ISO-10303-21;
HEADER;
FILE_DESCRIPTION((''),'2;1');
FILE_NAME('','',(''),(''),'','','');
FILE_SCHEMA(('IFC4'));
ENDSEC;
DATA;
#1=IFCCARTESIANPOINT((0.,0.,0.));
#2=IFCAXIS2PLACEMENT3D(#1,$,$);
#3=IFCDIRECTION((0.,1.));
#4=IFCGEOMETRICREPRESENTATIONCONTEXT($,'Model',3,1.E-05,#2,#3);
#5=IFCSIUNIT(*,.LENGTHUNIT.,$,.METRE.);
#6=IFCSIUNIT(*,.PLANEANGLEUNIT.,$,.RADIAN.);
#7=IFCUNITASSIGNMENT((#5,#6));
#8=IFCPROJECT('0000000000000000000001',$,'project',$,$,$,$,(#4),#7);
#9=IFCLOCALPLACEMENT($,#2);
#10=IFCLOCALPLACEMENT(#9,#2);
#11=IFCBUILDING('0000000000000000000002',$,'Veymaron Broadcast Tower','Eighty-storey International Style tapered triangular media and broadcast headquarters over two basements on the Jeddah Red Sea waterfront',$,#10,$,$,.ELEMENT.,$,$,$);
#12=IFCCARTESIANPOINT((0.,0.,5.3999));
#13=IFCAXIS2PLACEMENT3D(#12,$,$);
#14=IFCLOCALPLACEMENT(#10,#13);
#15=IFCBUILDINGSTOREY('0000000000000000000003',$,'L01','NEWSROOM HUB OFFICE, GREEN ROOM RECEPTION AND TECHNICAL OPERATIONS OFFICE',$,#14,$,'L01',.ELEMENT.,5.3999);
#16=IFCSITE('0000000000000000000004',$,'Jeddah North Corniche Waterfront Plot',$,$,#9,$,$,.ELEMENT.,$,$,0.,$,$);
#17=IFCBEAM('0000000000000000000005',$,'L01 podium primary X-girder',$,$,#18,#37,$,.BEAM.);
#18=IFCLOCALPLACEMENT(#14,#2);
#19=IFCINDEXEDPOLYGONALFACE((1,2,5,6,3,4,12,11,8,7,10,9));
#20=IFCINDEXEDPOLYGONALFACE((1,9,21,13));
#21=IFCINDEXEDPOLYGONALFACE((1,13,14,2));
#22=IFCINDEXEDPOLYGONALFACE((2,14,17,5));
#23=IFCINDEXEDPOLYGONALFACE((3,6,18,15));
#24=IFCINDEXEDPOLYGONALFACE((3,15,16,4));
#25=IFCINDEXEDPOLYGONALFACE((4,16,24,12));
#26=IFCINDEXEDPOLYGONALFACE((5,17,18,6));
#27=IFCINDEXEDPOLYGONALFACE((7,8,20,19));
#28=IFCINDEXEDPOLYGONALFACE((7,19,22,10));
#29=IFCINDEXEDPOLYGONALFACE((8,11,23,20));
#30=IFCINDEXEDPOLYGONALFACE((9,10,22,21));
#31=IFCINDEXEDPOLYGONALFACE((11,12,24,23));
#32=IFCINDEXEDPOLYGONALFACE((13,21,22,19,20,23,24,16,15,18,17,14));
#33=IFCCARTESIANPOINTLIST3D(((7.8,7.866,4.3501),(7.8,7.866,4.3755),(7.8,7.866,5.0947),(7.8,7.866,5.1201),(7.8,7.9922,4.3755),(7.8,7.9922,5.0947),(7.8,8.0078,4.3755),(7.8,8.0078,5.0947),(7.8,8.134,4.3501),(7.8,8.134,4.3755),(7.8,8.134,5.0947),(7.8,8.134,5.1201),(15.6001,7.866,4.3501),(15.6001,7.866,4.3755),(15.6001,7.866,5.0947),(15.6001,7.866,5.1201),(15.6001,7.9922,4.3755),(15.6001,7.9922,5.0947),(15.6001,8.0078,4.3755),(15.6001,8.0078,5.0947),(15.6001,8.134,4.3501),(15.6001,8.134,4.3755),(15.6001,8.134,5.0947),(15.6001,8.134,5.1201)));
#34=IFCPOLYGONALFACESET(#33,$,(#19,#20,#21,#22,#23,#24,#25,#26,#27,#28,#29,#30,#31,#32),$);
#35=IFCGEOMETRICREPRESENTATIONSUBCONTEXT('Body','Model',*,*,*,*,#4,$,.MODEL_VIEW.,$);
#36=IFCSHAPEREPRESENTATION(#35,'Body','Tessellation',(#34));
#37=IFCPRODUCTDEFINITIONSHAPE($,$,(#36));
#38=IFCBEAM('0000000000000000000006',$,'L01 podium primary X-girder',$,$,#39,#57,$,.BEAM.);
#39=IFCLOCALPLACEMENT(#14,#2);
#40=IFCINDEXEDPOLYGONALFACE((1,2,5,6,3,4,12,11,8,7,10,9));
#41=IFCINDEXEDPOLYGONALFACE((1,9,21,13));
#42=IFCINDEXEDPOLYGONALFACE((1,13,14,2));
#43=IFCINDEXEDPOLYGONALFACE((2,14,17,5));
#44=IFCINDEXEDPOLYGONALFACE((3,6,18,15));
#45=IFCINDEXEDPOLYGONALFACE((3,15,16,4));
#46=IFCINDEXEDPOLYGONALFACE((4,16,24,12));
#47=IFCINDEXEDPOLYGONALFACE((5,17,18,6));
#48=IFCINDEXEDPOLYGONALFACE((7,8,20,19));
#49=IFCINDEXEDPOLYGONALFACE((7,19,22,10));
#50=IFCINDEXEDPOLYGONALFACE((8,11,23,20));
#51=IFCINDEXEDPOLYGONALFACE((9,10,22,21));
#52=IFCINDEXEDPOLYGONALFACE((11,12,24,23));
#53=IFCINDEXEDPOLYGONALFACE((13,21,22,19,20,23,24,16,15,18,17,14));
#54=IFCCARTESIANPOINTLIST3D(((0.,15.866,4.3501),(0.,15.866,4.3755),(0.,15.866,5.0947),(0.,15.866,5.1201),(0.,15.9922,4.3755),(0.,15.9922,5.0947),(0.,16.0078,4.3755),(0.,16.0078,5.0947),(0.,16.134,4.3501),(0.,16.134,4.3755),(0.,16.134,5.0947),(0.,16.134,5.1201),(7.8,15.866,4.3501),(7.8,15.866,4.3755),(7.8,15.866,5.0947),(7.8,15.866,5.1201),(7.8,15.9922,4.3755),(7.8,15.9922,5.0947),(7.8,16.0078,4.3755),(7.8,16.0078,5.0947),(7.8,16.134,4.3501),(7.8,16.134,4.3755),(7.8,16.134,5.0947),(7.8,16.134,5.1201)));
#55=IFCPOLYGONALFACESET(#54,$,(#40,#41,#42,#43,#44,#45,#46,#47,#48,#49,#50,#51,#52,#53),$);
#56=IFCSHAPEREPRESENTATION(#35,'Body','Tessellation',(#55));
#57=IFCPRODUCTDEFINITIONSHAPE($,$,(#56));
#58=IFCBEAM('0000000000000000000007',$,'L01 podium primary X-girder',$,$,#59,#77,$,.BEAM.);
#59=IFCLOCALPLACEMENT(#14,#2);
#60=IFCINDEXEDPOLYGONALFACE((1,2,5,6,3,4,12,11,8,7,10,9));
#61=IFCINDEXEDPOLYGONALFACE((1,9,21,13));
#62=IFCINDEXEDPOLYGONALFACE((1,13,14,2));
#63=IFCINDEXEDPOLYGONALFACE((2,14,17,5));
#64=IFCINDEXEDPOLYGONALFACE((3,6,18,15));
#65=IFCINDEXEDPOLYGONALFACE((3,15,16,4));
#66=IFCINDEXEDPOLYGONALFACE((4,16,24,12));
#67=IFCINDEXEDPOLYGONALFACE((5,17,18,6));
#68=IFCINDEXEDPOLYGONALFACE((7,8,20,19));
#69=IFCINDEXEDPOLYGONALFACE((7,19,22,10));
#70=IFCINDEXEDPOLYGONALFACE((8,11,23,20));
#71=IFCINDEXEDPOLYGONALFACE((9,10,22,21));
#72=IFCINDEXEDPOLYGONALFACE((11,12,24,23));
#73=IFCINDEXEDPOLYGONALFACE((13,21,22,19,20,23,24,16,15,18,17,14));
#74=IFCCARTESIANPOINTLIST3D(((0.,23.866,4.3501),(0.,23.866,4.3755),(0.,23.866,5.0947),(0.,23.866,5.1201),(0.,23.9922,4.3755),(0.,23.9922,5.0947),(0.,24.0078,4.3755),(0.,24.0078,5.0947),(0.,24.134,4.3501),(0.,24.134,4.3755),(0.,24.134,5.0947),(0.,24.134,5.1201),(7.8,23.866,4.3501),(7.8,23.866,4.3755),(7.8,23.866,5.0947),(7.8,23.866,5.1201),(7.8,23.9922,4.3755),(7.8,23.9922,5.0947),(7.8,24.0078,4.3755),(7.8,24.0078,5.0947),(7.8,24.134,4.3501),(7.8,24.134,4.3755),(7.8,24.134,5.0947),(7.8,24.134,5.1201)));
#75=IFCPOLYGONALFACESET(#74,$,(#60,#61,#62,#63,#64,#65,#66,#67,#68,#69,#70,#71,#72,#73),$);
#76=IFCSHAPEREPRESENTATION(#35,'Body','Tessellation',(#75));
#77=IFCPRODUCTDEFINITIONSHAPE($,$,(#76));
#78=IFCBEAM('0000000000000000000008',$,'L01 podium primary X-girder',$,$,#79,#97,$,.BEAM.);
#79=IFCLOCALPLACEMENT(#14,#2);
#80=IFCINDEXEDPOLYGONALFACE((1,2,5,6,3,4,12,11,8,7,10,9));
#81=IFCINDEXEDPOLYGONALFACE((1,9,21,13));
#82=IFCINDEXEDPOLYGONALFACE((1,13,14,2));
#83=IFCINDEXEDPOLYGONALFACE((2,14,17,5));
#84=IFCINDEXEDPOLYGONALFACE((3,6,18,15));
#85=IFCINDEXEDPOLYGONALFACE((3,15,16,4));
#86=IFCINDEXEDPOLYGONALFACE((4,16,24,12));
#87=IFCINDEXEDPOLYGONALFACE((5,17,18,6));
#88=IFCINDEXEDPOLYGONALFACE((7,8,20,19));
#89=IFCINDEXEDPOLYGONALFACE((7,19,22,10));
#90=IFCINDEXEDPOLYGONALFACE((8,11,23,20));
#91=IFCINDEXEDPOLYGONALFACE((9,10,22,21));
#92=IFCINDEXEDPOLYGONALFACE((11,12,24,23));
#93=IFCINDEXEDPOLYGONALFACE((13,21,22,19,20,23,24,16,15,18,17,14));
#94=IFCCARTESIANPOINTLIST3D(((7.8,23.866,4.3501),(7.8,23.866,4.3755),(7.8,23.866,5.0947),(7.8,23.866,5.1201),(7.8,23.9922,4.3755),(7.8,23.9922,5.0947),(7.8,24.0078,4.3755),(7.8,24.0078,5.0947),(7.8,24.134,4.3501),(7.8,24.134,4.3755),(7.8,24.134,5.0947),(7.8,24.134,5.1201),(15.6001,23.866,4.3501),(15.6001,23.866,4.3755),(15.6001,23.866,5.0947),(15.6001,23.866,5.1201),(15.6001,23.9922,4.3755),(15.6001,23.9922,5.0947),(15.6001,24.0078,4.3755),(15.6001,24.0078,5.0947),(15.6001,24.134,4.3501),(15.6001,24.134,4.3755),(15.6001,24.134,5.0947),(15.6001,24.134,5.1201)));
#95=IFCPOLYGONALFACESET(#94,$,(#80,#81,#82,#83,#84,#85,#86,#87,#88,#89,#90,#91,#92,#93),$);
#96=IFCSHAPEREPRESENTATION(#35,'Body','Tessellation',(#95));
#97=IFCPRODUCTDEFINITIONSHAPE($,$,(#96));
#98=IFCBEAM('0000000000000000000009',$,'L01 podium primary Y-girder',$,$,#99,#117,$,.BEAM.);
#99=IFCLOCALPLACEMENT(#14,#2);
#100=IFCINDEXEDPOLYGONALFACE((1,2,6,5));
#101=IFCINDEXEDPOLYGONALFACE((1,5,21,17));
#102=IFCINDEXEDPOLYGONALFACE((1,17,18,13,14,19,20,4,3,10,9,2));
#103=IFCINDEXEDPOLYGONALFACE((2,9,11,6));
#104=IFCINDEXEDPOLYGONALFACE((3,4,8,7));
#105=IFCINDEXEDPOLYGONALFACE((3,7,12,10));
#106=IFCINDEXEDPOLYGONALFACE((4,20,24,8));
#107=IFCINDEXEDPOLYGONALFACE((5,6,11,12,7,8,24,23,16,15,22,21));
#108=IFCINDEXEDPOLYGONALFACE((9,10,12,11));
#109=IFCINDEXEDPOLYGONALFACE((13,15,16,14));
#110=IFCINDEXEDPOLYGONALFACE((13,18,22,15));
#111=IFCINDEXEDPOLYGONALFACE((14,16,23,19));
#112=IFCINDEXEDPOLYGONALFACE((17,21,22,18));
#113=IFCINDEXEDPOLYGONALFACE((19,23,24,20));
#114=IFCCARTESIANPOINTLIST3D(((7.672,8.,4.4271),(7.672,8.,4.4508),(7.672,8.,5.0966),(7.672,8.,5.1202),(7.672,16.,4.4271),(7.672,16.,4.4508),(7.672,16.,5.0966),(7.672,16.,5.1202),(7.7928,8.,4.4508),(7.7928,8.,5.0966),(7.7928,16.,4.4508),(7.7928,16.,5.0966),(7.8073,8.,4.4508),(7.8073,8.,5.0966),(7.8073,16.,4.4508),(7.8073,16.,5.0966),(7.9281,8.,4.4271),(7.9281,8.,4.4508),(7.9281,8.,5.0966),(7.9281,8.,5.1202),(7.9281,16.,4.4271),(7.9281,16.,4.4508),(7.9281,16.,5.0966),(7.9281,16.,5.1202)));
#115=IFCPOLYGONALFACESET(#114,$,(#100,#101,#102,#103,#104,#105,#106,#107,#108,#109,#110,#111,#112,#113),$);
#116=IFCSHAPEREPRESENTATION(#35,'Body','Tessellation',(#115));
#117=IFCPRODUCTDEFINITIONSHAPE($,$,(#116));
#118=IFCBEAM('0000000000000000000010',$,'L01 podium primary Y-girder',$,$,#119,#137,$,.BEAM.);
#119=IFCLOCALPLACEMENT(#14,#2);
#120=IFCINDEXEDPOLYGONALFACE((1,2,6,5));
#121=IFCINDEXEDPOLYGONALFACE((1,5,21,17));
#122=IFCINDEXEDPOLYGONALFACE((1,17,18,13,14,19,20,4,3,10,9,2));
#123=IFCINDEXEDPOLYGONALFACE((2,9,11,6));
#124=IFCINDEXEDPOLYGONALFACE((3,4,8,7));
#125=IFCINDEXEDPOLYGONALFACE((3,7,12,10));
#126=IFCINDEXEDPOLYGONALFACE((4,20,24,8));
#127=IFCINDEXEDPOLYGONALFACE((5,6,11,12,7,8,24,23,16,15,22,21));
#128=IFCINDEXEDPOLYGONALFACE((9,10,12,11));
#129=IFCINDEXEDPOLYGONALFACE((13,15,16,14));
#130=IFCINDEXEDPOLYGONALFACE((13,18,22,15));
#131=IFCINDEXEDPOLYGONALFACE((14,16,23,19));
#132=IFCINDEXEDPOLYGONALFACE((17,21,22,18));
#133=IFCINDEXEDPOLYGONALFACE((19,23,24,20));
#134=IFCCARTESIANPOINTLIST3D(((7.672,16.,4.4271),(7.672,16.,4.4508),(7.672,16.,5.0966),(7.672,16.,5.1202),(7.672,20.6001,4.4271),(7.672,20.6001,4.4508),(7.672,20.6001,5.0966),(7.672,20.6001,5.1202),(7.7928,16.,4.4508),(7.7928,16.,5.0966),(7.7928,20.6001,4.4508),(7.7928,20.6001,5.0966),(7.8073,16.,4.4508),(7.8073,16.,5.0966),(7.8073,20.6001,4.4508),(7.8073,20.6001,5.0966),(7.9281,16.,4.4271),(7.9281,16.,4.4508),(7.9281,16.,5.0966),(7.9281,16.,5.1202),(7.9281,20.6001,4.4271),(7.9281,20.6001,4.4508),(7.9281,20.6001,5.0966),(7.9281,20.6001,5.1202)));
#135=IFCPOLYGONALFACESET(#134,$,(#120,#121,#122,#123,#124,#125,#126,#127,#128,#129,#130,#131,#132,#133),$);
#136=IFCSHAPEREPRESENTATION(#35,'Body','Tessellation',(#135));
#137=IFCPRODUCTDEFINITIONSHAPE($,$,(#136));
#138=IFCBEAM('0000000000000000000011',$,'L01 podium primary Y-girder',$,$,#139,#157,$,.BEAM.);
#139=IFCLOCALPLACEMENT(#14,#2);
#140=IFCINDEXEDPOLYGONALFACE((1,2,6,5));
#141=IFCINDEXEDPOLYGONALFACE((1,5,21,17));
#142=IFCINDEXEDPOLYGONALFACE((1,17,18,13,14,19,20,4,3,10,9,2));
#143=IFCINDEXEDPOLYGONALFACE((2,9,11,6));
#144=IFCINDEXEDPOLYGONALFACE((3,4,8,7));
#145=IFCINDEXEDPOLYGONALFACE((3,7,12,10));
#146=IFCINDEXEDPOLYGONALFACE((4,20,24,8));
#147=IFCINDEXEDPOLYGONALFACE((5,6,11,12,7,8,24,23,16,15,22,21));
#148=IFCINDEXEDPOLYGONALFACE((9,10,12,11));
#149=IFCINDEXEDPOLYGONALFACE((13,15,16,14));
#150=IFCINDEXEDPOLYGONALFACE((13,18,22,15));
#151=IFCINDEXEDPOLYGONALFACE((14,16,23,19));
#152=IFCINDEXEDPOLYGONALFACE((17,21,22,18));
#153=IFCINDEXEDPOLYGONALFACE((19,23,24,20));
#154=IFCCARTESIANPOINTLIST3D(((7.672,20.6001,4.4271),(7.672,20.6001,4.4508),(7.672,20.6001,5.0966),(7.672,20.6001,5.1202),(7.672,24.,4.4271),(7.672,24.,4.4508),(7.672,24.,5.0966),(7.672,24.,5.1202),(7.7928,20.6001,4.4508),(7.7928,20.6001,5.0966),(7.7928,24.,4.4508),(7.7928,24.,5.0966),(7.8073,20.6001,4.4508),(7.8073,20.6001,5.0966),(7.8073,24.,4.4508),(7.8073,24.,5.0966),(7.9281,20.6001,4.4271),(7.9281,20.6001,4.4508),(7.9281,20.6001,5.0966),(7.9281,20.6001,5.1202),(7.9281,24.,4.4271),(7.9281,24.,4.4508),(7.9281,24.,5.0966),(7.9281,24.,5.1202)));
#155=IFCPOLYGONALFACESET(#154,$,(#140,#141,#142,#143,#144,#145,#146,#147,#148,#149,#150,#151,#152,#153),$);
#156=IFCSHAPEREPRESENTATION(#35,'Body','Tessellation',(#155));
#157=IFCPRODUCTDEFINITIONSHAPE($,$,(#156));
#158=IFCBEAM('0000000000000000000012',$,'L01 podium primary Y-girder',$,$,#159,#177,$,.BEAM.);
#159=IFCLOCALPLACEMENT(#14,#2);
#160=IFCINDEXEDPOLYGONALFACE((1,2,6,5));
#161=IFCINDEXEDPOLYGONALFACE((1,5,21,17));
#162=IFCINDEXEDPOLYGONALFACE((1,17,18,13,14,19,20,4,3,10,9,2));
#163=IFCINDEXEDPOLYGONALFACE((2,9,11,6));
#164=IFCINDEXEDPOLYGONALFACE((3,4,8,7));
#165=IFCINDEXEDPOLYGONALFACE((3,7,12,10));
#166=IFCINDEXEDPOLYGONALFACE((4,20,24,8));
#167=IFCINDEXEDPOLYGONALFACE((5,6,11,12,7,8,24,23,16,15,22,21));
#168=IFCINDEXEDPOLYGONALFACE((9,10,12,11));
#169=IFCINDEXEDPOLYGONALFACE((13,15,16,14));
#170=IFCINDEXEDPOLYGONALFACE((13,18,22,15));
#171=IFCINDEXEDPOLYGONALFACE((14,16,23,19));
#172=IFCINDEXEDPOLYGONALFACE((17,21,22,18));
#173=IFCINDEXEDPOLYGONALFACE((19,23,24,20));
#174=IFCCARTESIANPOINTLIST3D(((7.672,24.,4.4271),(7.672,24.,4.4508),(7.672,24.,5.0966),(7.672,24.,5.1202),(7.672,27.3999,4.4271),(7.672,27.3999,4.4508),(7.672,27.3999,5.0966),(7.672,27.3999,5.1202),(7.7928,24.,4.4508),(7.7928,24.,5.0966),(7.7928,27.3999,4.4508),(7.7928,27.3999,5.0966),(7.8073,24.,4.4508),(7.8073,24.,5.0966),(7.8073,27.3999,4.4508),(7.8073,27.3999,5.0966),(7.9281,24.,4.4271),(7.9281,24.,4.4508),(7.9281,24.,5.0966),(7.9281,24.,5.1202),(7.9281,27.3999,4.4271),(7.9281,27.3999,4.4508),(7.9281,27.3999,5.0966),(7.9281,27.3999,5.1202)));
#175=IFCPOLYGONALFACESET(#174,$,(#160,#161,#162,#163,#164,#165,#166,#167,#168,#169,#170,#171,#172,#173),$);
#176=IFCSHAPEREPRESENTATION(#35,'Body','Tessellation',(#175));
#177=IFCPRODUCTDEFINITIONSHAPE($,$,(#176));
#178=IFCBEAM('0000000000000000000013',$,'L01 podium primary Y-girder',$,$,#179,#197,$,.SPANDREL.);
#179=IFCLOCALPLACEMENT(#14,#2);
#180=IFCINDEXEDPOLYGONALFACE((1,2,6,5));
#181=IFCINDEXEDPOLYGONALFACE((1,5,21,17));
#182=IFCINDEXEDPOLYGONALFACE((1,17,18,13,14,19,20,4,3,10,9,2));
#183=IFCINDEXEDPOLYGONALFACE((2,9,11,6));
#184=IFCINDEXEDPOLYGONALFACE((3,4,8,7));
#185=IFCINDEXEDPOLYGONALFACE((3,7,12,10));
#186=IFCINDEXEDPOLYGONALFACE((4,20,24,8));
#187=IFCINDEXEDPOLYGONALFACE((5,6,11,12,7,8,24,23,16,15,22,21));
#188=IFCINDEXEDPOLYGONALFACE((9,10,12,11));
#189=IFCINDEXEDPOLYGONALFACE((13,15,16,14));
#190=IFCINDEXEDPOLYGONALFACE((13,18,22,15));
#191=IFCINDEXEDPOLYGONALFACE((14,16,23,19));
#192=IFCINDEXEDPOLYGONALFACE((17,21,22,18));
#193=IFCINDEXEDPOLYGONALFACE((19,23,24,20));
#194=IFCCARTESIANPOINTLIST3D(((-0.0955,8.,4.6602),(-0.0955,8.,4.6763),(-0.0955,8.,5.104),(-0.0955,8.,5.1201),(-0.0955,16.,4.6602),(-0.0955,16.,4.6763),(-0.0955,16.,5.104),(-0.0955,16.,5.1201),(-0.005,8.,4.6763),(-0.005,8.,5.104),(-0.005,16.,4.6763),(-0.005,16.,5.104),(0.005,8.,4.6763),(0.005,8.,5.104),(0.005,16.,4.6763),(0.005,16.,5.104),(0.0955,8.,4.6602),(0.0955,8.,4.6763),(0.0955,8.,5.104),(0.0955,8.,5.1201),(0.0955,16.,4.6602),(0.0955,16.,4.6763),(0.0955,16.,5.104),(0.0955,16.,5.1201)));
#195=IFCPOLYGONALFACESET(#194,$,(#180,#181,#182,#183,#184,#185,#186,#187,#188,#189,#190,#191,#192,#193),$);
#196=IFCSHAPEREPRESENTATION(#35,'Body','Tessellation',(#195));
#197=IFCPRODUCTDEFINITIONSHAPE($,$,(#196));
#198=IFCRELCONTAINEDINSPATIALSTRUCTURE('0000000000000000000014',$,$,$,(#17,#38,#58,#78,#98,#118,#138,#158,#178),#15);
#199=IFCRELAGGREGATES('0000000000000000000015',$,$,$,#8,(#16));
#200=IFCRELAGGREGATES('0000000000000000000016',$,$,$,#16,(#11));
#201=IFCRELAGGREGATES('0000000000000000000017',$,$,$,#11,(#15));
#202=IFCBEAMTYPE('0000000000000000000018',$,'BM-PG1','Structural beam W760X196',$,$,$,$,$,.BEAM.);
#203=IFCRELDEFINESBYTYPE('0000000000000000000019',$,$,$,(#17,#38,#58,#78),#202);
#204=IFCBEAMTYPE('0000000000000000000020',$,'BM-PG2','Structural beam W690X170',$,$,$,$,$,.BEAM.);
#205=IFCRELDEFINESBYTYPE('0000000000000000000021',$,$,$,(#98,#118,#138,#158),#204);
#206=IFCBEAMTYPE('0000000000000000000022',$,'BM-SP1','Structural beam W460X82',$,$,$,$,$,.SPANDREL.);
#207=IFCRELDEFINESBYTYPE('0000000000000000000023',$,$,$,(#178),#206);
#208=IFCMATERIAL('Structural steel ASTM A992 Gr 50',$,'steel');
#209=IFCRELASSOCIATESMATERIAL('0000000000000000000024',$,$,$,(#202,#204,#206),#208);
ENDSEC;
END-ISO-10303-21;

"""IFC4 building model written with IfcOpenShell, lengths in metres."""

from ifc_helpers import new_model, si_unit, direction, frame, origin, origin_2d, place, context, subcontext, project, spatial, i_section, extrude, material, material_profile, profile_set, type_object, element, save


model = new_model("IFC4")

# Units and contexts
model_context = context("Model", 3, precision=1e-05, world=origin(), true_north=direction((0.0, 1.0)))
body_context = subcontext(model_context, "Body", "Model", "MODEL_VIEW")
ifc_project = project(units=[si_unit("LENGTHUNIT", "METRE"), si_unit("PLANEANGLEUNIT", "RADIAN")], contexts=[model_context])

# Site, building, storey
site_placement = place(None, origin())
site = spatial("IfcSite", under=ifc_project, at=site_placement, Name="Jeddah North Corniche Waterfront Plot", CompositionType="ELEMENT", RefElevation=0.0)
building_placement = place(site_placement, origin())
building = spatial("IfcBuilding", under=site, at=building_placement, Name="Veymaron Broadcast Tower", Description="Eighty-storey International Style tapered triangular media and broadcast headquarters over two basements on the Jeddah Red Sea waterfront", CompositionType="ELEMENT")
storey_placement = place(building_placement, frame((0.0, 0.0, 5.3999)))
storey = spatial("IfcBuildingStorey", under=building, at=storey_placement, Name="L01", Description="NEWSROOM HUB OFFICE, GREEN ROOM RECEPTION AND TECHNICAL OPERATIONS OFFICE", LongName="L01", CompositionType="ELEMENT", Elevation=5.3999)

# Beams
ifc_material_1 = material(Name="Structural steel ASTM A992 Gr 50", Category="steel")
ifc_material_profile_1 = material_profile(ifc_material_1, i_section(OverallWidth=0.2681, OverallDepth=0.77, WebThickness=0.0156, FlangeThickness=0.0254, at=origin_2d()), Name="W760X196")
ifc_profile_set_1 = profile_set([ifc_material_profile_1], Name="Structural steel ASTM A992 Gr 50")
beam_type_1 = type_object("IfcBeamType", Name="BM-PG1", Description="Structural beam W760X196", PredefinedType="BEAM", material=ifc_profile_set_1)
for number, where, z_axis, x_axis, name in (
    (1, (7.8, 8.0, 4.7351), (1.0, 0.0, 0.0), (0.0, 1.0, 0.0), "L01 podium primary X-girder"),
    (2, (0.0, 16.0, 4.7351), (1.0, 0.0, 0.0), (0.0, 1.0, 0.0), "L01 podium primary X-girder"),
    (3, (0.0, 24.0, 4.7351), (1.0, 0.0, 0.0), (0.0, 1.0, 0.0), "L01 podium primary X-girder"),
    (4, (7.8, 24.0, 4.7351), (1.0, 0.0, 0.0), (0.0, 1.0, 0.0), "L01 podium primary X-girder"),
):
    element("IfcBeam", number, at=place(storey_placement, frame(where, z_axis=z_axis, x_axis=x_axis)), inside=storey, type_object=beam_type_1, Name=name, PredefinedType="BEAM", context=body_context, shape_type="SweptSolid", body=[
        extrude(i_section(OverallWidth=0.2681, OverallDepth=0.77, WebThickness=0.0156, FlangeThickness=0.0254, at=origin_2d()), origin(), (0.0, 0.0, 1.0), 7.8),
    ])
ifc_material_profile_2 = material_profile(ifc_material_1, i_section(OverallWidth=0.2561, OverallDepth=0.6931, WebThickness=0.0144, FlangeThickness=0.0237, at=origin_2d()), Name="W690X170")
ifc_profile_set_2 = profile_set([ifc_material_profile_2], Name="Structural steel ASTM A992 Gr 50")
beam_type_2 = type_object("IfcBeamType", Name="BM-PG2", Description="Structural beam W690X170", PredefinedType="BEAM", material=ifc_profile_set_2)
beam_1_placement = place(storey_placement, frame((7.8, 8.0, 4.7737), z_axis=(0.0, 1.0, 0.0), x_axis=(-1.0, 0.0, 0.0)))
element("IfcBeam", 5, at=beam_1_placement, inside=storey, type_object=beam_type_2, Name="L01 podium primary Y-girder", PredefinedType="BEAM", context=body_context, shape_type="SweptSolid", body=[
    extrude(i_section(OverallWidth=0.2561, OverallDepth=0.6931, WebThickness=0.0144, FlangeThickness=0.0237, at=origin_2d()), origin(), (0.0, 0.0, 1.0), 8.0),
])
beam_2_placement = place(storey_placement, frame((7.8, 16.0, 4.7737), z_axis=(0.0, 1.0, 0.0), x_axis=(-1.0, 0.0, 0.0)))
element("IfcBeam", 6, at=beam_2_placement, inside=storey, type_object=beam_type_2, Name="L01 podium primary Y-girder", PredefinedType="BEAM", context=body_context, shape_type="SweptSolid", body=[
    extrude(i_section(OverallWidth=0.2561, OverallDepth=0.6931, WebThickness=0.0144, FlangeThickness=0.0237, at=origin_2d()), origin(), (0.0, 0.0, 1.0), 4.6001),
])
for number, where, z_axis, x_axis, name in (
    (7, (7.8, 20.6001, 4.7737), (0.0, 1.0, 0.0), (-1.0, 0.0, 0.0), "L01 podium primary Y-girder"),
    (8, (7.8, 24.0, 4.7737), (0.0, 1.0, 0.0), (-1.0, 0.0, 0.0), "L01 podium primary Y-girder"),
):
    element("IfcBeam", number, at=place(storey_placement, frame(where, z_axis=z_axis, x_axis=x_axis)), inside=storey, type_object=beam_type_2, Name=name, PredefinedType="BEAM", context=body_context, shape_type="SweptSolid", body=[
        extrude(i_section(OverallWidth=0.2561, OverallDepth=0.6931, WebThickness=0.0144, FlangeThickness=0.0237, at=origin_2d()), origin(), (0.0, 0.0, 1.0), 3.3999),
    ])
ifc_material_profile_3 = material_profile(ifc_material_1, i_section(OverallWidth=0.1909, OverallDepth=0.46, WebThickness=0.01, FlangeThickness=0.0161, at=origin_2d()), Name="W460X82")
ifc_profile_set_3 = profile_set([ifc_material_profile_3], Name="Structural steel ASTM A992 Gr 50")
beam_type_3 = type_object("IfcBeamType", Name="BM-SP1", Description="Structural beam W460X82", PredefinedType="SPANDREL", material=ifc_profile_set_3)
for number, where, z_axis, x_axis, name in (
    (9, (0.0, 8.0, 4.8901), (0.0, 1.0, 0.0), (-1.0, 0.0, 0.0), "L01 podium primary Y-girder"),
):
    element("IfcBeam", number, at=place(storey_placement, frame(where, z_axis=z_axis, x_axis=x_axis)), inside=storey, type_object=beam_type_3, Name=name, PredefinedType="SPANDREL", context=body_context, shape_type="SweptSolid", body=[
        extrude(i_section(OverallWidth=0.1909, OverallDepth=0.46, WebThickness=0.01, FlangeThickness=0.0161, at=origin_2d()), origin(), (0.0, 0.0, 1.0), 8.0),
    ])

save(model, "model.ifc")
